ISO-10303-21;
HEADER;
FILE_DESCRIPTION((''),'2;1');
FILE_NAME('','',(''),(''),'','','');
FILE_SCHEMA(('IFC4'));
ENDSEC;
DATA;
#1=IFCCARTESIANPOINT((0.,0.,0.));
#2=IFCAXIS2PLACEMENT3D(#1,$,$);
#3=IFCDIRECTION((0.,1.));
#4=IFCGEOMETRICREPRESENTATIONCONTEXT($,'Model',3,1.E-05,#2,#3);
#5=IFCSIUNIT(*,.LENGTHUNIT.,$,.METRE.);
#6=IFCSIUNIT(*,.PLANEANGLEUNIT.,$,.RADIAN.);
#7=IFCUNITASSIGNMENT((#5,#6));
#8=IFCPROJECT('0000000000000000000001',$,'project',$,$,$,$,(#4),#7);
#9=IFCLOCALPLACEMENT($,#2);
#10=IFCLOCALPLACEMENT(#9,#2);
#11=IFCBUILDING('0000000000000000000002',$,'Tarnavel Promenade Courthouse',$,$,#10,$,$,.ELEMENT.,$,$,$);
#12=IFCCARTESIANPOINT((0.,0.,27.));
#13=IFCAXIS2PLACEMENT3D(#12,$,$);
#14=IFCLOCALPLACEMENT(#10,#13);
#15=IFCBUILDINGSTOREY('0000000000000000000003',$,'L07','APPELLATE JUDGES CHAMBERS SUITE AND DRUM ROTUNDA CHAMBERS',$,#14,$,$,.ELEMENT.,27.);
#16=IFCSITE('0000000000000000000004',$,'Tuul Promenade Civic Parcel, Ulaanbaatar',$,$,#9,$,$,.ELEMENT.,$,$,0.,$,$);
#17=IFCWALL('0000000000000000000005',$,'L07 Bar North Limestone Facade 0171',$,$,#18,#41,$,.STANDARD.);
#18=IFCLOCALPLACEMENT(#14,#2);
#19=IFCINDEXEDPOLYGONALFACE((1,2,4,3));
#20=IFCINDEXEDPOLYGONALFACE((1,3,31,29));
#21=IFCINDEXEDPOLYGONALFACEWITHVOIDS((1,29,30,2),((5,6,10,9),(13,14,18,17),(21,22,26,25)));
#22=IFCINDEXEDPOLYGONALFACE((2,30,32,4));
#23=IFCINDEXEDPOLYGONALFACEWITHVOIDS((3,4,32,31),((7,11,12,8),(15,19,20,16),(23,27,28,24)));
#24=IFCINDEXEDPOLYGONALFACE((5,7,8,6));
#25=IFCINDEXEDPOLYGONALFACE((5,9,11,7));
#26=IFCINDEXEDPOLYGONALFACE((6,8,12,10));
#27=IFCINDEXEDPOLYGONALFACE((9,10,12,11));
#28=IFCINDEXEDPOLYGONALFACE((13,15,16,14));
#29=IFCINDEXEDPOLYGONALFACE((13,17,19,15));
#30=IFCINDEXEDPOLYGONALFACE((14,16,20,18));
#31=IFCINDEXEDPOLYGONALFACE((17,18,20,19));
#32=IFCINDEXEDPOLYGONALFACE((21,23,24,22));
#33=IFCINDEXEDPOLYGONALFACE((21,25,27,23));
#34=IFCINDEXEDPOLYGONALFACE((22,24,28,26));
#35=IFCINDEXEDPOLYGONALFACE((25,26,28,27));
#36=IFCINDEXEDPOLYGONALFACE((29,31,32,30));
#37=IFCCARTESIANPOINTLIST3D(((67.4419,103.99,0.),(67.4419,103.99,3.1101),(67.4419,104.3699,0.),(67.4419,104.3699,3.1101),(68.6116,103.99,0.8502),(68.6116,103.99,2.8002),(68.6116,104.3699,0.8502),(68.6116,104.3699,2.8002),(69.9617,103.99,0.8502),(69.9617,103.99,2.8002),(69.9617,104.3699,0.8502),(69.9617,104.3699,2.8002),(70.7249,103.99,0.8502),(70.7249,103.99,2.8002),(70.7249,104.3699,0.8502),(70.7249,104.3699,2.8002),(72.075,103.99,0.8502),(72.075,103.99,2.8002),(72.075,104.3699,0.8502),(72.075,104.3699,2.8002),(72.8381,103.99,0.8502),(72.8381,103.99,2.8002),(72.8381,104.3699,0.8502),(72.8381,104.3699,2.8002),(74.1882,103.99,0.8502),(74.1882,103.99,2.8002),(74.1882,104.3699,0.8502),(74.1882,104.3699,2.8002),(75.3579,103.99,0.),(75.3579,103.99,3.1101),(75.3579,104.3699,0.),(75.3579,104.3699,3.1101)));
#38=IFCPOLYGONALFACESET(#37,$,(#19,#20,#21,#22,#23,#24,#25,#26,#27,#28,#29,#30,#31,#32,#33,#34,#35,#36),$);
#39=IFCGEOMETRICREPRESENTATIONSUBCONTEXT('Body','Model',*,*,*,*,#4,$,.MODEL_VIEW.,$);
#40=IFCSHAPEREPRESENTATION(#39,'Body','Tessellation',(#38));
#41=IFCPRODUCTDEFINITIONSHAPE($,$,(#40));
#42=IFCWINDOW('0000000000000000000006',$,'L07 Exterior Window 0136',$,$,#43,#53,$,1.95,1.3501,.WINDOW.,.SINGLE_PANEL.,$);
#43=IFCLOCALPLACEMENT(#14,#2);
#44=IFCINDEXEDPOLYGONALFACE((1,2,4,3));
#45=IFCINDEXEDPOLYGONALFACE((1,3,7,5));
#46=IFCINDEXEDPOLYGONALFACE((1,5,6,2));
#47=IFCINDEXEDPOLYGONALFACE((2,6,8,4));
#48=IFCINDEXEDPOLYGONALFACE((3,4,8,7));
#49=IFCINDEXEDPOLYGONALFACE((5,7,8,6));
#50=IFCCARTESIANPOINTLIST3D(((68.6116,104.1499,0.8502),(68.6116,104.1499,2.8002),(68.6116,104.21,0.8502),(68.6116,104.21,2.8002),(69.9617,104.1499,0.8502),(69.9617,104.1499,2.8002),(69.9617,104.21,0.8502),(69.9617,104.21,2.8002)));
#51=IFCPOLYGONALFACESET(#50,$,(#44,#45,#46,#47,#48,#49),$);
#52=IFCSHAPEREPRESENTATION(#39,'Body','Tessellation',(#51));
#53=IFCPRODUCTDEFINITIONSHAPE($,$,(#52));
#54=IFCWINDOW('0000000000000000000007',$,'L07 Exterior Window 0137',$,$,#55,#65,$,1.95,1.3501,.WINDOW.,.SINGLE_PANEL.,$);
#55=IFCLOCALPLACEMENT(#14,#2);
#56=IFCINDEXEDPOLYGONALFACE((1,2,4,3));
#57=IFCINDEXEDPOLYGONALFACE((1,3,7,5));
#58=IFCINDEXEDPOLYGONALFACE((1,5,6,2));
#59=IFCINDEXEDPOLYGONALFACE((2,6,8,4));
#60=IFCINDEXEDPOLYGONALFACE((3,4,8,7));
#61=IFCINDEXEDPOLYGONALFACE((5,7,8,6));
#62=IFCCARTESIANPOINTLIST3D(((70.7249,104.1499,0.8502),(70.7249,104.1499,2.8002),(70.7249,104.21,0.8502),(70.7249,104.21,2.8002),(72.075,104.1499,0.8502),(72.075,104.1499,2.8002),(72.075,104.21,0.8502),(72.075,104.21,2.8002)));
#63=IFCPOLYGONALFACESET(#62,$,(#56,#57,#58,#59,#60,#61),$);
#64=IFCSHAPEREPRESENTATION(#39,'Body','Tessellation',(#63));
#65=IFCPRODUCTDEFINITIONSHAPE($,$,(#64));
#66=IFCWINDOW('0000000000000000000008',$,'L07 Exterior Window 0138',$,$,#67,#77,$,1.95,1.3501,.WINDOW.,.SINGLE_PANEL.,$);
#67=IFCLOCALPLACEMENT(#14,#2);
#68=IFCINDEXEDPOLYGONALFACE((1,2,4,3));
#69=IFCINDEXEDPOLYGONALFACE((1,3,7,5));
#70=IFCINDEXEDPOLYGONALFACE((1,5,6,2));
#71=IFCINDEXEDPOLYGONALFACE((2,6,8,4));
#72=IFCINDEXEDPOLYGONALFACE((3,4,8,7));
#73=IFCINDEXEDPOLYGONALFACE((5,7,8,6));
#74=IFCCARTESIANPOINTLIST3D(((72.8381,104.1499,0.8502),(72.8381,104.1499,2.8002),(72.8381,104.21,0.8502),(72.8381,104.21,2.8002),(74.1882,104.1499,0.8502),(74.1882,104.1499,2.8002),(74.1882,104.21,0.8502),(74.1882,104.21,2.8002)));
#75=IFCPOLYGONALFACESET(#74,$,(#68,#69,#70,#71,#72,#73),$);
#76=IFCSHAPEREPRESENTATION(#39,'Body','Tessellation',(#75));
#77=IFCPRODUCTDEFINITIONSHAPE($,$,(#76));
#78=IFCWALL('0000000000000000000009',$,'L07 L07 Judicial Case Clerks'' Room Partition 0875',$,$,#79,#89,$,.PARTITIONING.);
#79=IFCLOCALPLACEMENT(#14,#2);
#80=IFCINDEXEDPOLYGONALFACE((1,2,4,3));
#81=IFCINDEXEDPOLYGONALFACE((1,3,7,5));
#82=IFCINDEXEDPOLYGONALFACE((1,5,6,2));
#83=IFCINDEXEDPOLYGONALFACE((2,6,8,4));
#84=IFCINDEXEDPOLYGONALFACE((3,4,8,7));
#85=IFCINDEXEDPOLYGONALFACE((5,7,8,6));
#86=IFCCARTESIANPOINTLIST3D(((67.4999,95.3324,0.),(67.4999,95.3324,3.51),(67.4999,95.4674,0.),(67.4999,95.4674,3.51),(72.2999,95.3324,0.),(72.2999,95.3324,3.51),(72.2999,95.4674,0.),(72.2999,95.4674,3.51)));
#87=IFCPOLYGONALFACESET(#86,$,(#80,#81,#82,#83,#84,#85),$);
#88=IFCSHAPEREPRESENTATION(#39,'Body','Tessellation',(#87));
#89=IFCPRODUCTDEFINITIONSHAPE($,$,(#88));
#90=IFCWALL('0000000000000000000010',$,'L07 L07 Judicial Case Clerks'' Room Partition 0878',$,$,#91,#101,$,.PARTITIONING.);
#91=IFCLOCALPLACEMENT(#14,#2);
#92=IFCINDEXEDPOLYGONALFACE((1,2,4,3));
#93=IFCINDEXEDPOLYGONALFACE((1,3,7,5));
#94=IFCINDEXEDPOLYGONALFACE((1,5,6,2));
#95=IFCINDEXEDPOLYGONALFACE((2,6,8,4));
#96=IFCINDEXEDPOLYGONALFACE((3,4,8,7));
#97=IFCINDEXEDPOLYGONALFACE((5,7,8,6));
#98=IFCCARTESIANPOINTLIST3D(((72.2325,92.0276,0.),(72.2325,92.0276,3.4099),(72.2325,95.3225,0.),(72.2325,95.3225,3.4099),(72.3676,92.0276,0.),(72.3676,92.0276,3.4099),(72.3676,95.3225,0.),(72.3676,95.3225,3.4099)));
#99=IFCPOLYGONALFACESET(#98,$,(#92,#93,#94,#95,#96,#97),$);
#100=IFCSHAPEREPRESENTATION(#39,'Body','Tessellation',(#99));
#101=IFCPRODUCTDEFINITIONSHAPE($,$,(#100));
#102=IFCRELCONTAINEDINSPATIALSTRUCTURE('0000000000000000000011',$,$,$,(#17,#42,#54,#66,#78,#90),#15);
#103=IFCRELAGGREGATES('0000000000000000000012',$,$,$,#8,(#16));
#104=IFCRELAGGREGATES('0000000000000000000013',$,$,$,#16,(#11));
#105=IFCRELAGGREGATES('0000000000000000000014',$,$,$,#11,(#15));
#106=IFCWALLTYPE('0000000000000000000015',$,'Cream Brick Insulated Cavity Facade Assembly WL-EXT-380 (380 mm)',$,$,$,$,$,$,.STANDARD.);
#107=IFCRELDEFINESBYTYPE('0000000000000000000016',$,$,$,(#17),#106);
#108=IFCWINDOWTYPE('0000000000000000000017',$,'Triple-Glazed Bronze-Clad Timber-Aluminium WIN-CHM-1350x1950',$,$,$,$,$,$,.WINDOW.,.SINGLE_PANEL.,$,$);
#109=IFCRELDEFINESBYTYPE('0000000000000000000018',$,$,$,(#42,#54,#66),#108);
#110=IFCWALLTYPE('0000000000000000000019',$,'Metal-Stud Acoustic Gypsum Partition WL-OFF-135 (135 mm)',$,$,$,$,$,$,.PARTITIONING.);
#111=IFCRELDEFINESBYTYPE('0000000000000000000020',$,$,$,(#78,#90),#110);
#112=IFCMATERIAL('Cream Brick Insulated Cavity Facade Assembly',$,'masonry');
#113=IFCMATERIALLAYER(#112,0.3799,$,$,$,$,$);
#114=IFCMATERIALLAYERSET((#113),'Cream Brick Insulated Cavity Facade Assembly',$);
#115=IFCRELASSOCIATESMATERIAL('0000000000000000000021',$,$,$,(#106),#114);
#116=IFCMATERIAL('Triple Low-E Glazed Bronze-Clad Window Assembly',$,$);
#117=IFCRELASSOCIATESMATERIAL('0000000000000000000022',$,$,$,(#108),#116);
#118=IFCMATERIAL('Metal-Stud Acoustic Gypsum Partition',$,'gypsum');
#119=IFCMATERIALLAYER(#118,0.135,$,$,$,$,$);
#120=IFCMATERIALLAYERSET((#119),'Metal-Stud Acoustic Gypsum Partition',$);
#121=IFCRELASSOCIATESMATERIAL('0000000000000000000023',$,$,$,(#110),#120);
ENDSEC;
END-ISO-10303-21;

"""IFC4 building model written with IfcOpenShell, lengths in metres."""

from ifc_helpers import new_model, si_unit, direction, frame, frame_2d, origin, place, context, subcontext, project, spatial, rectangle, extrude, material, layer, layer_set, type_object, element, fill, save


model = new_model("IFC4")

# Units and contexts
model_context = context("Model", 3, precision=1e-05, world=origin(), true_north=direction((0.0, 1.0)))
body_context = subcontext(model_context, "Body", "Model", "MODEL_VIEW")
ifc_project = project(units=[si_unit("LENGTHUNIT", "METRE"), si_unit("PLANEANGLEUNIT", "RADIAN")], contexts=[model_context])

# Site, building, storey
site_placement = place(None, origin())
site = spatial("IfcSite", under=ifc_project, at=site_placement, Name="Tuul Promenade Civic Parcel, Ulaanbaatar", CompositionType="ELEMENT", RefElevation=0.0)
building_placement = place(site_placement, origin())
building = spatial("IfcBuilding", under=site, at=building_placement, Name="Tarnavel Promenade Courthouse", CompositionType="ELEMENT")
storey_placement = place(building_placement, frame((0.0, 0.0, 27.0)))
storey = spatial("IfcBuildingStorey", under=building, at=storey_placement, Name="L07", Description="APPELLATE JUDGES CHAMBERS SUITE AND DRUM ROTUNDA CHAMBERS", CompositionType="ELEMENT", Elevation=27.0)

# Wall, openings, windows
ifc_material_1 = material(Name="Cream Brick Insulated Cavity Facade Assembly", Category="masonry")
ifc_layer_1 = layer(ifc_material_1, 0.3799)
ifc_layer_set_1 = layer_set([ifc_layer_1], Name="Cream Brick Insulated Cavity Facade Assembly")
wall_type_1 = type_object("IfcWallType", Name="Cream Brick Insulated Cavity Facade Assembly WL-EXT-380 (380 mm)", PredefinedType="STANDARD", material=ifc_layer_set_1)
wall_1_placement = place(storey_placement, frame((67.4419, 104.1799, 0.0), z_axis=(0.0, 0.0, 1.0), x_axis=(1.0, 0.0, 0.0)))
wall_1 = element("IfcWall", 1, at=wall_1_placement, inside=storey, type_object=wall_type_1, Name="L07 Bar North Limestone Facade 0171", PredefinedType="STANDARD", context=body_context, shape_type="SweptSolid", body=[
    extrude(rectangle(XDim=7.916, YDim=0.3799, at=frame_2d((3.958, 0.0))), origin(), (0.0, 0.0, 1.0), 3.1101),
])
opening_1_placement = place(wall_1_placement, frame((1.1697, 0.0, 0.8501)))
opening_1 = element("IfcOpeningElement", 2, at=opening_1_placement, cuts=wall_1, PredefinedType="OPENING", context=body_context, shape_type="SweptSolid", body=[
    extrude(rectangle(XDim=1.3501, YDim=1.95, at=frame_2d((0.675, 0.9751))), frame((0.0, 0.2, 0.0), z_axis=(0.0, -1.0, 0.0), x_axis=(1.0, 0.0, 0.0)), (0.0, 0.0, 1.0), 0.3999),
])
opening_2_placement = place(wall_1_placement, frame((3.283, 0.0, 0.8501)))
opening_2 = element("IfcOpeningElement", 3, at=opening_2_placement, cuts=wall_1, PredefinedType="OPENING", context=body_context, shape_type="SweptSolid", body=[
    extrude(rectangle(XDim=1.3501, YDim=1.95, at=frame_2d((0.675, 0.9751))), frame((0.0, 0.2, 0.0), z_axis=(0.0, -1.0, 0.0), x_axis=(1.0, 0.0, 0.0)), (0.0, 0.0, 1.0), 0.3999),
])
opening_3_placement = place(wall_1_placement, frame((5.3962, 0.0, 0.8501)))
opening_3 = element("IfcOpeningElement", 4, at=opening_3_placement, cuts=wall_1, PredefinedType="OPENING", context=body_context, shape_type="SweptSolid", body=[
    extrude(rectangle(XDim=1.3501, YDim=1.95, at=frame_2d((0.675, 0.9751))), frame((0.0, 0.2, 0.0), z_axis=(0.0, -1.0, 0.0), x_axis=(1.0, 0.0, 0.0)), (0.0, 0.0, 1.0), 0.3999),
])
ifc_material_2 = material(Name="Triple Low-E Glazed Bronze-Clad Window Assembly")
window_type = type_object("IfcWindowType", Name="Triple-Glazed Bronze-Clad Timber-Aluminium WIN-CHM-1350x1950", PartitioningType="SINGLE_PANEL", PredefinedType="WINDOW", material=ifc_material_2)
window_1_placement = place(opening_1_placement, origin())
window_1 = element("IfcWindow", 5, at=window_1_placement, inside=storey, type_object=window_type, Name="L07 Exterior Window 0136", OverallHeight=1.95, OverallWidth=1.3501, PartitioningType="SINGLE_PANEL", PredefinedType="WINDOW", context=body_context, shape_type="SweptSolid", body=[
    extrude(rectangle(XDim=1.3501, YDim=1.95, at=frame_2d((0.675, 0.9751))), frame((0.0, 0.03, 0.0), z_axis=(0.0, -1.0, 0.0), x_axis=(1.0, 0.0, 0.0)), (0.0, 0.0, 1.0), 0.0601),
])
fill(opening_1, window_1)
window_2_placement = place(opening_2_placement, origin())
window_2 = element("IfcWindow", 6, at=window_2_placement, inside=storey, type_object=window_type, Name="L07 Exterior Window 0137", OverallHeight=1.95, OverallWidth=1.3501, PartitioningType="SINGLE_PANEL", PredefinedType="WINDOW", context=body_context, shape_type="SweptSolid", body=[
    extrude(rectangle(XDim=1.3501, YDim=1.95, at=frame_2d((0.675, 0.9751))), frame((0.0, 0.03, 0.0), z_axis=(0.0, -1.0, 0.0), x_axis=(1.0, 0.0, 0.0)), (0.0, 0.0, 1.0), 0.0601),
])
fill(opening_2, window_2)
window_3_placement = place(opening_3_placement, origin())
window_3 = element("IfcWindow", 7, at=window_3_placement, inside=storey, type_object=window_type, Name="L07 Exterior Window 0138", OverallHeight=1.95, OverallWidth=1.3501, PartitioningType="SINGLE_PANEL", PredefinedType="WINDOW", context=body_context, shape_type="SweptSolid", body=[
    extrude(rectangle(XDim=1.3501, YDim=1.95, at=frame_2d((0.675, 0.9751))), frame((0.0, 0.03, 0.0), z_axis=(0.0, -1.0, 0.0), x_axis=(1.0, 0.0, 0.0)), (0.0, 0.0, 1.0), 0.0601),
])
fill(opening_3, window_3)

# Walls
ifc_material_3 = material(Name="Metal-Stud Acoustic Gypsum Partition", Category="gypsum")
ifc_layer_2 = layer(ifc_material_3, 0.135)
ifc_layer_set_2 = layer_set([ifc_layer_2], Name="Metal-Stud Acoustic Gypsum Partition")
wall_type_2 = type_object("IfcWallType", Name="Metal-Stud Acoustic Gypsum Partition WL-OFF-135 (135 mm)", PredefinedType="PARTITIONING", material=ifc_layer_set_2)
wall_2_placement = place(storey_placement, frame((67.5, 95.3999, 0.0), z_axis=(0.0, 0.0, 1.0), x_axis=(1.0, 0.0, 0.0)))
element("IfcWall", 8, at=wall_2_placement, inside=storey, type_object=wall_type_2, Name="L07 L07 Judicial Case Clerks' Room Partition 0875", PredefinedType="PARTITIONING", context=body_context, shape_type="SweptSolid", body=[
    extrude(rectangle(XDim=4.8, YDim=0.135, at=frame_2d((2.3999, 0.0))), origin(), (0.0, 0.0, 1.0), 3.51),
])
wall_3_placement = place(storey_placement, frame((72.3, 95.3225, 0.0), z_axis=(0.0, 0.0, 1.0), x_axis=(0.0, -1.0, 0.0)))
element("IfcWall", 9, at=wall_3_placement, inside=storey, type_object=wall_type_2, Name="L07 L07 Judicial Case Clerks' Room Partition 0878", PredefinedType="PARTITIONING", context=body_context, shape_type="SweptSolid", body=[
    extrude(rectangle(XDim=3.2949, YDim=0.135, at=frame_2d((1.6475, 0.0))), origin(), (0.0, 0.0, 1.0), 3.4099),
])

save(model, "model.ifc")
